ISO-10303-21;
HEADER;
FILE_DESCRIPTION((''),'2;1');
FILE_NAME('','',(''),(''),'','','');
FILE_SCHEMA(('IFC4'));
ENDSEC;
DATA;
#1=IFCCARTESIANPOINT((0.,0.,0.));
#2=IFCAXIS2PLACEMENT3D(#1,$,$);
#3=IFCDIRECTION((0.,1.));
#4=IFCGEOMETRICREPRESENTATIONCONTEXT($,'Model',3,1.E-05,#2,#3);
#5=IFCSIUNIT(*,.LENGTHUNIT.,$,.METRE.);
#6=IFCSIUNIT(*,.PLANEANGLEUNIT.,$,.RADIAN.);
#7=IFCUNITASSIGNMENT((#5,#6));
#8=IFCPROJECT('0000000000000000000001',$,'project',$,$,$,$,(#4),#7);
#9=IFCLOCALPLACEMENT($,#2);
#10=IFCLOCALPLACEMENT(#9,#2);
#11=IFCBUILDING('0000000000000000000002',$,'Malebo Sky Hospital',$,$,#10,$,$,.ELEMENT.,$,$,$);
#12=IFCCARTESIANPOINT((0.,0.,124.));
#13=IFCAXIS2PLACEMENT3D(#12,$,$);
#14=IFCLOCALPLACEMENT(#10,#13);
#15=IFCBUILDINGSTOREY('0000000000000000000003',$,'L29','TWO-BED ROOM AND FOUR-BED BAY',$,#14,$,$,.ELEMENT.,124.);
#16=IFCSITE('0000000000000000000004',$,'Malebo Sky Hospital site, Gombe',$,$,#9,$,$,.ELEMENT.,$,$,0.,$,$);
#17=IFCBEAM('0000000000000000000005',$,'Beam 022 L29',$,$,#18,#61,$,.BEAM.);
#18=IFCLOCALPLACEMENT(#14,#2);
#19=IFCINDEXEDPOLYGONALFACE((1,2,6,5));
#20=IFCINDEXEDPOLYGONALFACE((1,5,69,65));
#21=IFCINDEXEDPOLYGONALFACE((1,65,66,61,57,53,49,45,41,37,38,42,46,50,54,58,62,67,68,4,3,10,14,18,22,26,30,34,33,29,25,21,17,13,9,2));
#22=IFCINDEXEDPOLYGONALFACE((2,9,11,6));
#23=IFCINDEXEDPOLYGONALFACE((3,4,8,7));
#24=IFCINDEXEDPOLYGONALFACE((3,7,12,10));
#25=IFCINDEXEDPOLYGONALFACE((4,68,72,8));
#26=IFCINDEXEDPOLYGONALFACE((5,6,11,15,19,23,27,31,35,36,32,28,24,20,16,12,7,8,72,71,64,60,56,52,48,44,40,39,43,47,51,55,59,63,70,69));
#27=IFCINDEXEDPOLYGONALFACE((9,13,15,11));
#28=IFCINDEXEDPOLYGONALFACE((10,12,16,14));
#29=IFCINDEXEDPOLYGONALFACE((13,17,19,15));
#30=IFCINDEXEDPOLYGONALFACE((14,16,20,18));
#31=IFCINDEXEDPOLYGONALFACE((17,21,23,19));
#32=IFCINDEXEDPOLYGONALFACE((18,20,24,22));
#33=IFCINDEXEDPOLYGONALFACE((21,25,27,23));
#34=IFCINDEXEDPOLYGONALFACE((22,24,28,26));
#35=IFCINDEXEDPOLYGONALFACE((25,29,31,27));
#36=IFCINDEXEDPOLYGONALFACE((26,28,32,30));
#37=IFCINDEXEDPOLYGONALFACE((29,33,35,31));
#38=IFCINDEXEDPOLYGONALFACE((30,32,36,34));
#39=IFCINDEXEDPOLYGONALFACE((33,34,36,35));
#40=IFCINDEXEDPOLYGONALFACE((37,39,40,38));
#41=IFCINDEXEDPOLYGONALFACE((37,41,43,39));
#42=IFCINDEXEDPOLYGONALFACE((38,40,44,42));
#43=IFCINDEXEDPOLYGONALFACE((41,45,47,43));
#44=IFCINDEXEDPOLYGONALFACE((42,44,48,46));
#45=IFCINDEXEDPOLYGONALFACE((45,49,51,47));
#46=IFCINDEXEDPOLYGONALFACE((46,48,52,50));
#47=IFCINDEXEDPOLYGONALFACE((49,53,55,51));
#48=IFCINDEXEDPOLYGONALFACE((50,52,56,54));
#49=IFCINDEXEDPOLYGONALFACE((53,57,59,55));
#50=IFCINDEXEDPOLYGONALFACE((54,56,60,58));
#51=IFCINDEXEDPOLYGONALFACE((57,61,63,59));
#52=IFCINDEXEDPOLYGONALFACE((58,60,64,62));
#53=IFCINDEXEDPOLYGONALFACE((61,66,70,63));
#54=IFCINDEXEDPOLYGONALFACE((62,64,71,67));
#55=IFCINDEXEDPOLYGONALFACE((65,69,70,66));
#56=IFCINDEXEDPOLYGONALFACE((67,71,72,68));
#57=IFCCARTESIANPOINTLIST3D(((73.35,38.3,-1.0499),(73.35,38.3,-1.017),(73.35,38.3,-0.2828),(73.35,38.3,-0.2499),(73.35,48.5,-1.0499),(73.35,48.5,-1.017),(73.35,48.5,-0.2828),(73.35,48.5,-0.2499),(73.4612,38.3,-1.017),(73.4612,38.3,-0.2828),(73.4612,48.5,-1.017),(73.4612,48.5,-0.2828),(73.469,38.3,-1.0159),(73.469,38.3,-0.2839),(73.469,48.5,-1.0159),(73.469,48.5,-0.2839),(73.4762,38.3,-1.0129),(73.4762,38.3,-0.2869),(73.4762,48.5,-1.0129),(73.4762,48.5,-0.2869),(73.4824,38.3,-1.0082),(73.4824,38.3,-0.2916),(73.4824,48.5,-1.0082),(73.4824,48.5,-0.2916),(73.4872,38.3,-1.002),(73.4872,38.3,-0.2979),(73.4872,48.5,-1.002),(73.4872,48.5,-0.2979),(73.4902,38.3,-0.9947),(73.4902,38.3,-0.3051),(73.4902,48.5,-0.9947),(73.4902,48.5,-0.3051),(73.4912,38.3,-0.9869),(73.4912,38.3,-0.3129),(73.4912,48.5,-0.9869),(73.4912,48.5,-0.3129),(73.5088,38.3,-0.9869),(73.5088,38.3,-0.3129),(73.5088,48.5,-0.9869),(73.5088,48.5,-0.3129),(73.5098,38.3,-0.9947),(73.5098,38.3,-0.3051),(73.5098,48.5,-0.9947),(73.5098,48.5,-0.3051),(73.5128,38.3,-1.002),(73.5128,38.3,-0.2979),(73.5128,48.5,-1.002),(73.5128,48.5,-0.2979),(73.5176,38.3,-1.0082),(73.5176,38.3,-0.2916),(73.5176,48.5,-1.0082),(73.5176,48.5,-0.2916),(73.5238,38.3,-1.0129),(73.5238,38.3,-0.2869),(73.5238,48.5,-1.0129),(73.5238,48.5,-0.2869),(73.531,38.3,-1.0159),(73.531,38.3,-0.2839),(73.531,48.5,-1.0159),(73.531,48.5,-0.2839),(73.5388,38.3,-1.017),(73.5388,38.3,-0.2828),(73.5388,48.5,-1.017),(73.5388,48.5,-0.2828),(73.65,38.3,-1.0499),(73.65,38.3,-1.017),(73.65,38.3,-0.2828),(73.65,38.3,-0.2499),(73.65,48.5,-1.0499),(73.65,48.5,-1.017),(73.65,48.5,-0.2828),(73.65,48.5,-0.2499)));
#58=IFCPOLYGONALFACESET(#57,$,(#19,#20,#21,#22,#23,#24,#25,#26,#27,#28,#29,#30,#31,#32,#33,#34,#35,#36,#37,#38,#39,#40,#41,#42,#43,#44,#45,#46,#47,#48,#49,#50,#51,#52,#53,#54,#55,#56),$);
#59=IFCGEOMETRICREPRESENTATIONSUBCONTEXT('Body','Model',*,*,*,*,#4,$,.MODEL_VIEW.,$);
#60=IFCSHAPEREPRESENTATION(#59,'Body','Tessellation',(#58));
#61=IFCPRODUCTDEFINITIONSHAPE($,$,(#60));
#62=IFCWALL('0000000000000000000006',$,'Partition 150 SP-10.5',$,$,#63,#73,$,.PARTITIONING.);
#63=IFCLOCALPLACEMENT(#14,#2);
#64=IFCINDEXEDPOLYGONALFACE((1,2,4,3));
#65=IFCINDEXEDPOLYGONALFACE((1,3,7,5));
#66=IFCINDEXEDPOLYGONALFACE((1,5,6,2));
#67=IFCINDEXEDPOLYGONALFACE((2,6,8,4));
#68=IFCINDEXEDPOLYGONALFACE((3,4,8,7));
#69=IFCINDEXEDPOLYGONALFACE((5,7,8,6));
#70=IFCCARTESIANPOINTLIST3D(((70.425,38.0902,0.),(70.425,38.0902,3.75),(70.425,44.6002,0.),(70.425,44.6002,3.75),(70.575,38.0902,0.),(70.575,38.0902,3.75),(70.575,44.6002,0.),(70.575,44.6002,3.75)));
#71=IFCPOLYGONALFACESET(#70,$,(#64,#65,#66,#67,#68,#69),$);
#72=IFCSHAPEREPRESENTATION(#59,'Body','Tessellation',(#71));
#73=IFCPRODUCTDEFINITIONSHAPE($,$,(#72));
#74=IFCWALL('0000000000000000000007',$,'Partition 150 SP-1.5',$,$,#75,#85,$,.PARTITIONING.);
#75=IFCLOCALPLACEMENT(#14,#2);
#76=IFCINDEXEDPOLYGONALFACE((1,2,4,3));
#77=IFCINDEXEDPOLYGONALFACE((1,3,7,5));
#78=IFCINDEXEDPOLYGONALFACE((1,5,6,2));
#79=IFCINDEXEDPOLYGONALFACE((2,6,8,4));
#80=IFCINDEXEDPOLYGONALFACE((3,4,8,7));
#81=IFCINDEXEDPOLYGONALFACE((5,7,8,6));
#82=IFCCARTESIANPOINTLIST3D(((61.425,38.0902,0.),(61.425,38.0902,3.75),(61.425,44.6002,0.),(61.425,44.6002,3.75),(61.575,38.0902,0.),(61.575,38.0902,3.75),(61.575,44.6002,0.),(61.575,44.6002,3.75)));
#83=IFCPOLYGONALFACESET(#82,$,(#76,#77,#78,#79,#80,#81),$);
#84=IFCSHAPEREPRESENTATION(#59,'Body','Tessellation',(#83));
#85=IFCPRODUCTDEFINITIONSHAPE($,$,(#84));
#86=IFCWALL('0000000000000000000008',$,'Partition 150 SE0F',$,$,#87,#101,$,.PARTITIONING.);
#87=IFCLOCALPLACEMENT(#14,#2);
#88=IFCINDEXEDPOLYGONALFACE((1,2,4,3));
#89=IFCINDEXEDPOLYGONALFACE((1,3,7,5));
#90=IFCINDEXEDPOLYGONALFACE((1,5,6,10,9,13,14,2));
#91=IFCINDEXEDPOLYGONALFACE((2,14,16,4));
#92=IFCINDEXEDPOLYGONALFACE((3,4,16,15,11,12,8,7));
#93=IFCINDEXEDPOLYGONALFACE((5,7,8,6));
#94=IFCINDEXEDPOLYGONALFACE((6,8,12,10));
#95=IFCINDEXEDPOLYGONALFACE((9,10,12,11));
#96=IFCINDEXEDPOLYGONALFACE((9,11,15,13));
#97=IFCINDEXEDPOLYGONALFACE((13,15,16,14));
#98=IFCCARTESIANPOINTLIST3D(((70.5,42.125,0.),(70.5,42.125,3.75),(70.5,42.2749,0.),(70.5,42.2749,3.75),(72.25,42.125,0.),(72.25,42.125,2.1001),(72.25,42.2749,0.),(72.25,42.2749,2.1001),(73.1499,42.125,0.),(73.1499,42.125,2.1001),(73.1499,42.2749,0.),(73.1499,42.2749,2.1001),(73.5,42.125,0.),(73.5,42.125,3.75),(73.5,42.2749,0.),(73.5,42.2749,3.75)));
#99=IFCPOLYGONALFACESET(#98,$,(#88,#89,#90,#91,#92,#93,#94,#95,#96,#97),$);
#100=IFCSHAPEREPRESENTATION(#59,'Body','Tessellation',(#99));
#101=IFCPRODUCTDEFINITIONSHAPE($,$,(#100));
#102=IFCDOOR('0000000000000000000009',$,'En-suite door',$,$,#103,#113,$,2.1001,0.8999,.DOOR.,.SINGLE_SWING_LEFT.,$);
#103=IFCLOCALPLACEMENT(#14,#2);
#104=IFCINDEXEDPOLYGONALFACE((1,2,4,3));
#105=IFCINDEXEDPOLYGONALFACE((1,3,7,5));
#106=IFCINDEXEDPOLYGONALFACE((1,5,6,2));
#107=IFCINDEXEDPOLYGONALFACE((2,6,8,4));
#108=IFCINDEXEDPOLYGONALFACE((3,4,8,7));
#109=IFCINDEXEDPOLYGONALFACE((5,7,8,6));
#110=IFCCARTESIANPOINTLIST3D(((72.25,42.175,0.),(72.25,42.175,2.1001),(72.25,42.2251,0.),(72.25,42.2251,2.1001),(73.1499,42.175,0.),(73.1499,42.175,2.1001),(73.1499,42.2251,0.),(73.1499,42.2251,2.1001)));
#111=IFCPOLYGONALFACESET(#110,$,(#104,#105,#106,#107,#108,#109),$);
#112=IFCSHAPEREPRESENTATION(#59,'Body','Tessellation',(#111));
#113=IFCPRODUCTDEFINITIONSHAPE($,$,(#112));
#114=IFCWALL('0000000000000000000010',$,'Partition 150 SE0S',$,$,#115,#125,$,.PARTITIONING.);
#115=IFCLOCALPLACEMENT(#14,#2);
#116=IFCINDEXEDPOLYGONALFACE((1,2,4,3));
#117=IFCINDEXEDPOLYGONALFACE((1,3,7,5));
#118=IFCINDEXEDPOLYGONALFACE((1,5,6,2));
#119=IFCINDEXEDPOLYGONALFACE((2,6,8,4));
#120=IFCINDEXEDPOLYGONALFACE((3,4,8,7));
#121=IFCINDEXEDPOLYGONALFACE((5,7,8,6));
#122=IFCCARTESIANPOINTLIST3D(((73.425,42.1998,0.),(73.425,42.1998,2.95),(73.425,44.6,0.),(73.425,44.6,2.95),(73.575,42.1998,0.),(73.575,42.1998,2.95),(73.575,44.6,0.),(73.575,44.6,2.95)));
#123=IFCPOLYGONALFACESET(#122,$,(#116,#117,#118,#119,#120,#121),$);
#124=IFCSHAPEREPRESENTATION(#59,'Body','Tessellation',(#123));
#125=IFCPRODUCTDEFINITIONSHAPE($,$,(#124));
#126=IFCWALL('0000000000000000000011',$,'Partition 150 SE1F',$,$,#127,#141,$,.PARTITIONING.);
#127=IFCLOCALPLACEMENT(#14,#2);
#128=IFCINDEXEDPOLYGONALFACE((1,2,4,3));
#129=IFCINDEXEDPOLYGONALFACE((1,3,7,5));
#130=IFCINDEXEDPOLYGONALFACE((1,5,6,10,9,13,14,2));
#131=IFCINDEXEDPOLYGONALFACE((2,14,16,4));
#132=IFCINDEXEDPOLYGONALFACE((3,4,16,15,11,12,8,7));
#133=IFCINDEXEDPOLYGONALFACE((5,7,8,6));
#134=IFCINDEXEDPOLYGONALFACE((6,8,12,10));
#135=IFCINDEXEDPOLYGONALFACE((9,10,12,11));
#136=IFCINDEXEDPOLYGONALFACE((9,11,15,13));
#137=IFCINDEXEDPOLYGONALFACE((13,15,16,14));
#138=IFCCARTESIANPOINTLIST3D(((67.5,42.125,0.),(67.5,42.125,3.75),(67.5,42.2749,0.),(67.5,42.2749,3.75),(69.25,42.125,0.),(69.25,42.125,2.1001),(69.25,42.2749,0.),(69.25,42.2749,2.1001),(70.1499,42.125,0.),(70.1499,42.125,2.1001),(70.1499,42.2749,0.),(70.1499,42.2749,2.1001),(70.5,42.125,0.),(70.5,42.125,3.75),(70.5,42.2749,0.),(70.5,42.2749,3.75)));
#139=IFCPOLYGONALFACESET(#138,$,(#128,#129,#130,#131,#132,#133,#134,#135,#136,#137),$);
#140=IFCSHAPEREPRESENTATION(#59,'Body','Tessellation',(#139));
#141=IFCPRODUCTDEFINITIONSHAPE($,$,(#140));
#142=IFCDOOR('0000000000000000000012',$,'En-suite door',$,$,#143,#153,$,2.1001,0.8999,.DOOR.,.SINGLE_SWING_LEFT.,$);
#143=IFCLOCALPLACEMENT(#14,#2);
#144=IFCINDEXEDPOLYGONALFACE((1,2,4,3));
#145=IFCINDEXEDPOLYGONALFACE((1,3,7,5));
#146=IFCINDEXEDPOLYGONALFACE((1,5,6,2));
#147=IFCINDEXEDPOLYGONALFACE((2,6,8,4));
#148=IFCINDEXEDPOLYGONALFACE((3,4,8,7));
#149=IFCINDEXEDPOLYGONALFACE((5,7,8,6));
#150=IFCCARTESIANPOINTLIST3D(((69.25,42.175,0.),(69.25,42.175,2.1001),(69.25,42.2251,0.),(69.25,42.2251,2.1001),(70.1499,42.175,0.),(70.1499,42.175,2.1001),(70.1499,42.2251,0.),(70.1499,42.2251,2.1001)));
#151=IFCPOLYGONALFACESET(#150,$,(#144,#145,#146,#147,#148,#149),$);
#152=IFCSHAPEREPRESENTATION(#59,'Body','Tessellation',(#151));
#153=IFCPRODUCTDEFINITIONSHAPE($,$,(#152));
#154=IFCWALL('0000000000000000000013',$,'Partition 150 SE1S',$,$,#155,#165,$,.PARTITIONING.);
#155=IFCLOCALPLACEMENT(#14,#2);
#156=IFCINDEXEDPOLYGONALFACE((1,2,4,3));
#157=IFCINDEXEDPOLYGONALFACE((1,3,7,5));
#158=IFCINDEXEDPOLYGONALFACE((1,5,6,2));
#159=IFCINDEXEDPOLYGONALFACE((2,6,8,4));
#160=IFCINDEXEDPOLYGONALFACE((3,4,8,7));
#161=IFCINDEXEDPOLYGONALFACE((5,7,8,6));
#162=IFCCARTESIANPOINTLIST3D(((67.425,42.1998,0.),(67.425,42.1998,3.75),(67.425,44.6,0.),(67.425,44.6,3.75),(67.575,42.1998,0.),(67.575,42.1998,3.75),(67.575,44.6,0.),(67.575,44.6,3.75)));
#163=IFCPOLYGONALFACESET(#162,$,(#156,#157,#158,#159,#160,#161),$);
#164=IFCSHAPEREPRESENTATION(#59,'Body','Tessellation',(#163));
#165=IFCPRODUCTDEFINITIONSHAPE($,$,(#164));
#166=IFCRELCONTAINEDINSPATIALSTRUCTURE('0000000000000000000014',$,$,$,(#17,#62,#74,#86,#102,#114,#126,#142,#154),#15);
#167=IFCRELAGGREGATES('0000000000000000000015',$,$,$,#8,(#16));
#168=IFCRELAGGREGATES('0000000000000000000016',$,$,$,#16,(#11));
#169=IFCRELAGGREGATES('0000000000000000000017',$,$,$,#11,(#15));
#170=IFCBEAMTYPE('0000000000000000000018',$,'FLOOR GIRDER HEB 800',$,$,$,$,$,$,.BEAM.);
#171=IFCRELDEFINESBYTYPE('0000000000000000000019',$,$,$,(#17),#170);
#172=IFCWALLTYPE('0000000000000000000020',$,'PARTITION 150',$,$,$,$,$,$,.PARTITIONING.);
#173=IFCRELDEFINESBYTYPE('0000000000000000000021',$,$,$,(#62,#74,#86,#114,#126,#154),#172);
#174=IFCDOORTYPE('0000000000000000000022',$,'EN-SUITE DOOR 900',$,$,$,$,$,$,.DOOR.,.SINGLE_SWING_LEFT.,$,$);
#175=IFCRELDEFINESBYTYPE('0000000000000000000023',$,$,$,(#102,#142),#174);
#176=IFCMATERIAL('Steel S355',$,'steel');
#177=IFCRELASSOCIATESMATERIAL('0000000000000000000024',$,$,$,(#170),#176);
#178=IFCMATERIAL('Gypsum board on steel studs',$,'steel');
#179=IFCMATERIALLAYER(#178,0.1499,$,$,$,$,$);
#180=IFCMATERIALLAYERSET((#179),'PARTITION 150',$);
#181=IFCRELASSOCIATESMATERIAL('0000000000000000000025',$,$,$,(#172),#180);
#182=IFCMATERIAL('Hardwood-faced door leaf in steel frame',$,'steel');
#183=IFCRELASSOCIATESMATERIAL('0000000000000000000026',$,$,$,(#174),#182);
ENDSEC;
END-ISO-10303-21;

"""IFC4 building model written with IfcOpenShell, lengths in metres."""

from ifc_helpers import new_model, si_unit, direction, frame, frame_2d, origin, origin_2d, place, context, subcontext, project, spatial, rectangle, i_section, extrude, material, layer, layer_set, material_profile, profile_set, type_object, element, fill, save


model = new_model("IFC4")

# Units and contexts
model_context = context("Model", 3, precision=1e-05, world=origin(), true_north=direction((0.0, 1.0)))
body_context = subcontext(model_context, "Body", "Model", "MODEL_VIEW")
ifc_project = project(units=[si_unit("LENGTHUNIT", "METRE"), si_unit("PLANEANGLEUNIT", "RADIAN")], contexts=[model_context])

# Site, building, storey
site_placement = place(None, origin())
site = spatial("IfcSite", under=ifc_project, at=site_placement, Name="Malebo Sky Hospital site, Gombe", CompositionType="ELEMENT", RefElevation=0.0)
building_placement = place(site_placement, origin())
building = spatial("IfcBuilding", under=site, at=building_placement, Name="Malebo Sky Hospital", CompositionType="ELEMENT")
storey_placement = place(building_placement, frame((0.0, 0.0, 124.0)))
storey = spatial("IfcBuildingStorey", under=building, at=storey_placement, Name="L29", Description="TWO-BED ROOM AND FOUR-BED BAY", CompositionType="ELEMENT", Elevation=124.0)

# Beam
ifc_material_1 = material(Name="Steel S355", Category="steel")
ifc_material_profile_1 = material_profile(ifc_material_1, i_section(OverallWidth=0.3, OverallDepth=0.8, WebThickness=0.0176, FlangeThickness=0.033, FilletRadius=0.03, at=origin_2d()), Name="HEB 800")
ifc_profile_set_1 = profile_set([ifc_material_profile_1], Name="Steel S355")
beam_type_1 = type_object("IfcBeamType", Name="FLOOR GIRDER HEB 800", PredefinedType="BEAM", material=ifc_profile_set_1)
beam_1_placement = place(storey_placement, frame((73.5, 38.3, -0.6499), z_axis=(0.0, 1.0, 0.0), x_axis=(-1.0, 0.0, 0.0)))
element("IfcBeam", 1, at=beam_1_placement, inside=storey, type_object=beam_type_1, Name="Beam 022 L29", PredefinedType="BEAM", context=body_context, shape_type="SweptSolid", body=[
    extrude(i_section(OverallWidth=0.3, OverallDepth=0.8, WebThickness=0.0176, FlangeThickness=0.033, FilletRadius=0.03, at=origin_2d()), origin(), (0.0, 0.0, 1.0), 10.2),
])

# Walls
ifc_material_2 = material(Name="Gypsum board on steel studs", Category="steel")
ifc_layer = layer(ifc_material_2, 0.1499)
ifc_layer_set = layer_set([ifc_layer], Name="PARTITION 150")
wall_type = type_object("IfcWallType", Name="PARTITION 150", PredefinedType="PARTITIONING", material=ifc_layer_set)
for number, where, z_axis, x_axis, name in (
    (2, (70.5, 44.6001, 0.0), (0.0, 0.0, 1.0), (0.0, -1.0, 0.0), "Partition 150 SP-10.5"),
    (3, (61.5, 44.6001, 0.0), (0.0, 0.0, 1.0), (0.0, -1.0, 0.0), "Partition 150 SP-1.5"),
):
    element("IfcWall", number, at=place(storey_placement, frame(where, z_axis=z_axis, x_axis=x_axis)), inside=storey, type_object=wall_type, Name=name, PredefinedType="PARTITIONING", context=body_context, shape_type="SweptSolid", body=[
        extrude(rectangle(XDim=6.51, YDim=0.1499, at=frame_2d((3.2549, 0.0))), origin(), (0.0, 0.0, 1.0), 3.75),
    ])

# Wall, opening, door
wall_1_placement = place(storey_placement, frame((73.5, 42.2, 0.0), z_axis=(0.0, 0.0, 1.0), x_axis=(-1.0, 0.0, 0.0)))
wall_1 = element("IfcWall", 4, at=wall_1_placement, inside=storey, type_object=wall_type, Name="Partition 150 SE0F", PredefinedType="PARTITIONING", context=body_context, shape_type="SweptSolid", body=[
    extrude(rectangle(XDim=3.0, YDim=0.1499, at=frame_2d((1.5, 0.0))), origin(), (0.0, 0.0, 1.0), 3.75),
])
opening_1_placement = place(wall_1_placement, frame((0.3501, 0.0, 0.0)))
opening_1 = element("IfcOpeningElement", 5, at=opening_1_placement, cuts=wall_1, PredefinedType="OPENING", context=body_context, shape_type="SweptSolid", body=[
    extrude(rectangle(XDim=0.8999, YDim=2.1001, at=frame_2d((0.45, 1.05))), frame((0.0, 0.085, 0.0), z_axis=(0.0, -1.0, 0.0), x_axis=(1.0, 0.0, 0.0)), (0.0, 0.0, 1.0), 0.1699),
])
ifc_material_3 = material(Name="Hardwood-faced door leaf in steel frame", Category="steel")
door_type = type_object("IfcDoorType", Name="EN-SUITE DOOR 900", OperationType="SINGLE_SWING_LEFT", PredefinedType="DOOR", material=ifc_material_3)
door_1_placement = place(opening_1_placement, origin())
door_1 = element("IfcDoor", 6, at=door_1_placement, inside=storey, type_object=door_type, Name="En-suite door", OperationType="SINGLE_SWING_LEFT", OverallHeight=2.1001, OverallWidth=0.8999, PredefinedType="DOOR", context=body_context, shape_type="SweptSolid", body=[
    extrude(rectangle(XDim=0.8999, YDim=2.1001, at=frame_2d((0.45, 1.05))), frame((0.0, 0.0249, 0.0), z_axis=(0.0, -1.0, 0.0), x_axis=(1.0, 0.0, 0.0)), (0.0, 0.0, 1.0), 0.05),
])
fill(opening_1, door_1)

# Wall
wall_2_placement = place(storey_placement, frame((73.5, 44.6001, 0.0), z_axis=(0.0, 0.0, 1.0), x_axis=(0.0, -1.0, 0.0)))
element("IfcWall", 7, at=wall_2_placement, inside=storey, type_object=wall_type, Name="Partition 150 SE0S", PredefinedType="PARTITIONING", context=body_context, shape_type="SweptSolid", body=[
    extrude(rectangle(XDim=2.4001, YDim=0.1499, at=frame_2d((1.2002, 0.0))), origin(), (0.0, 0.0, 1.0), 2.95),
])

# Wall, opening, door
wall_3_placement = place(storey_placement, frame((70.5, 42.2, 0.0), z_axis=(0.0, 0.0, 1.0), x_axis=(-1.0, 0.0, 0.0)))
wall_3 = element("IfcWall", 8, at=wall_3_placement, inside=storey, type_object=wall_type, Name="Partition 150 SE1F", PredefinedType="PARTITIONING", context=body_context, shape_type="SweptSolid", body=[
    extrude(rectangle(XDim=3.0, YDim=0.1499, at=frame_2d((1.5, 0.0))), origin(), (0.0, 0.0, 1.0), 3.75),
])
opening_2_placement = place(wall_3_placement, frame((0.3501, 0.0, 0.0)))
opening_2 = element("IfcOpeningElement", 9, at=opening_2_placement, cuts=wall_3, PredefinedType="OPENING", context=body_context, shape_type="SweptSolid", body=[
    extrude(rectangle(XDim=0.8999, YDim=2.1001, at=frame_2d((0.45, 1.05))), frame((0.0, 0.085, 0.0), z_axis=(0.0, -1.0, 0.0), x_axis=(1.0, 0.0, 0.0)), (0.0, 0.0, 1.0), 0.1699),
])
door_2_placement = place(opening_2_placement, origin())
door_2 = element("IfcDoor", 10, at=door_2_placement, inside=storey, type_object=door_type, Name="En-suite door", OperationType="SINGLE_SWING_LEFT", OverallHeight=2.1001, OverallWidth=0.8999, PredefinedType="DOOR", context=body_context, shape_type="SweptSolid", body=[
    extrude(rectangle(XDim=0.8999, YDim=2.1001, at=frame_2d((0.45, 1.05))), frame((0.0, 0.0249, 0.0), z_axis=(0.0, -1.0, 0.0), x_axis=(1.0, 0.0, 0.0)), (0.0, 0.0, 1.0), 0.05),
])
fill(opening_2, door_2)

# Wall
wall_4_placement = place(storey_placement, frame((67.5, 44.6001, 0.0), z_axis=(0.0, 0.0, 1.0), x_axis=(0.0, -1.0, 0.0)))
element("IfcWall", 11, at=wall_4_placement, inside=storey, type_object=wall_type, Name="Partition 150 SE1S", PredefinedType="PARTITIONING", context=body_context, shape_type="SweptSolid", body=[
    extrude(rectangle(XDim=2.4001, YDim=0.1499, at=frame_2d((1.2002, 0.0))), origin(), (0.0, 0.0, 1.0), 3.75),
])

save(model, "model.ifc")
